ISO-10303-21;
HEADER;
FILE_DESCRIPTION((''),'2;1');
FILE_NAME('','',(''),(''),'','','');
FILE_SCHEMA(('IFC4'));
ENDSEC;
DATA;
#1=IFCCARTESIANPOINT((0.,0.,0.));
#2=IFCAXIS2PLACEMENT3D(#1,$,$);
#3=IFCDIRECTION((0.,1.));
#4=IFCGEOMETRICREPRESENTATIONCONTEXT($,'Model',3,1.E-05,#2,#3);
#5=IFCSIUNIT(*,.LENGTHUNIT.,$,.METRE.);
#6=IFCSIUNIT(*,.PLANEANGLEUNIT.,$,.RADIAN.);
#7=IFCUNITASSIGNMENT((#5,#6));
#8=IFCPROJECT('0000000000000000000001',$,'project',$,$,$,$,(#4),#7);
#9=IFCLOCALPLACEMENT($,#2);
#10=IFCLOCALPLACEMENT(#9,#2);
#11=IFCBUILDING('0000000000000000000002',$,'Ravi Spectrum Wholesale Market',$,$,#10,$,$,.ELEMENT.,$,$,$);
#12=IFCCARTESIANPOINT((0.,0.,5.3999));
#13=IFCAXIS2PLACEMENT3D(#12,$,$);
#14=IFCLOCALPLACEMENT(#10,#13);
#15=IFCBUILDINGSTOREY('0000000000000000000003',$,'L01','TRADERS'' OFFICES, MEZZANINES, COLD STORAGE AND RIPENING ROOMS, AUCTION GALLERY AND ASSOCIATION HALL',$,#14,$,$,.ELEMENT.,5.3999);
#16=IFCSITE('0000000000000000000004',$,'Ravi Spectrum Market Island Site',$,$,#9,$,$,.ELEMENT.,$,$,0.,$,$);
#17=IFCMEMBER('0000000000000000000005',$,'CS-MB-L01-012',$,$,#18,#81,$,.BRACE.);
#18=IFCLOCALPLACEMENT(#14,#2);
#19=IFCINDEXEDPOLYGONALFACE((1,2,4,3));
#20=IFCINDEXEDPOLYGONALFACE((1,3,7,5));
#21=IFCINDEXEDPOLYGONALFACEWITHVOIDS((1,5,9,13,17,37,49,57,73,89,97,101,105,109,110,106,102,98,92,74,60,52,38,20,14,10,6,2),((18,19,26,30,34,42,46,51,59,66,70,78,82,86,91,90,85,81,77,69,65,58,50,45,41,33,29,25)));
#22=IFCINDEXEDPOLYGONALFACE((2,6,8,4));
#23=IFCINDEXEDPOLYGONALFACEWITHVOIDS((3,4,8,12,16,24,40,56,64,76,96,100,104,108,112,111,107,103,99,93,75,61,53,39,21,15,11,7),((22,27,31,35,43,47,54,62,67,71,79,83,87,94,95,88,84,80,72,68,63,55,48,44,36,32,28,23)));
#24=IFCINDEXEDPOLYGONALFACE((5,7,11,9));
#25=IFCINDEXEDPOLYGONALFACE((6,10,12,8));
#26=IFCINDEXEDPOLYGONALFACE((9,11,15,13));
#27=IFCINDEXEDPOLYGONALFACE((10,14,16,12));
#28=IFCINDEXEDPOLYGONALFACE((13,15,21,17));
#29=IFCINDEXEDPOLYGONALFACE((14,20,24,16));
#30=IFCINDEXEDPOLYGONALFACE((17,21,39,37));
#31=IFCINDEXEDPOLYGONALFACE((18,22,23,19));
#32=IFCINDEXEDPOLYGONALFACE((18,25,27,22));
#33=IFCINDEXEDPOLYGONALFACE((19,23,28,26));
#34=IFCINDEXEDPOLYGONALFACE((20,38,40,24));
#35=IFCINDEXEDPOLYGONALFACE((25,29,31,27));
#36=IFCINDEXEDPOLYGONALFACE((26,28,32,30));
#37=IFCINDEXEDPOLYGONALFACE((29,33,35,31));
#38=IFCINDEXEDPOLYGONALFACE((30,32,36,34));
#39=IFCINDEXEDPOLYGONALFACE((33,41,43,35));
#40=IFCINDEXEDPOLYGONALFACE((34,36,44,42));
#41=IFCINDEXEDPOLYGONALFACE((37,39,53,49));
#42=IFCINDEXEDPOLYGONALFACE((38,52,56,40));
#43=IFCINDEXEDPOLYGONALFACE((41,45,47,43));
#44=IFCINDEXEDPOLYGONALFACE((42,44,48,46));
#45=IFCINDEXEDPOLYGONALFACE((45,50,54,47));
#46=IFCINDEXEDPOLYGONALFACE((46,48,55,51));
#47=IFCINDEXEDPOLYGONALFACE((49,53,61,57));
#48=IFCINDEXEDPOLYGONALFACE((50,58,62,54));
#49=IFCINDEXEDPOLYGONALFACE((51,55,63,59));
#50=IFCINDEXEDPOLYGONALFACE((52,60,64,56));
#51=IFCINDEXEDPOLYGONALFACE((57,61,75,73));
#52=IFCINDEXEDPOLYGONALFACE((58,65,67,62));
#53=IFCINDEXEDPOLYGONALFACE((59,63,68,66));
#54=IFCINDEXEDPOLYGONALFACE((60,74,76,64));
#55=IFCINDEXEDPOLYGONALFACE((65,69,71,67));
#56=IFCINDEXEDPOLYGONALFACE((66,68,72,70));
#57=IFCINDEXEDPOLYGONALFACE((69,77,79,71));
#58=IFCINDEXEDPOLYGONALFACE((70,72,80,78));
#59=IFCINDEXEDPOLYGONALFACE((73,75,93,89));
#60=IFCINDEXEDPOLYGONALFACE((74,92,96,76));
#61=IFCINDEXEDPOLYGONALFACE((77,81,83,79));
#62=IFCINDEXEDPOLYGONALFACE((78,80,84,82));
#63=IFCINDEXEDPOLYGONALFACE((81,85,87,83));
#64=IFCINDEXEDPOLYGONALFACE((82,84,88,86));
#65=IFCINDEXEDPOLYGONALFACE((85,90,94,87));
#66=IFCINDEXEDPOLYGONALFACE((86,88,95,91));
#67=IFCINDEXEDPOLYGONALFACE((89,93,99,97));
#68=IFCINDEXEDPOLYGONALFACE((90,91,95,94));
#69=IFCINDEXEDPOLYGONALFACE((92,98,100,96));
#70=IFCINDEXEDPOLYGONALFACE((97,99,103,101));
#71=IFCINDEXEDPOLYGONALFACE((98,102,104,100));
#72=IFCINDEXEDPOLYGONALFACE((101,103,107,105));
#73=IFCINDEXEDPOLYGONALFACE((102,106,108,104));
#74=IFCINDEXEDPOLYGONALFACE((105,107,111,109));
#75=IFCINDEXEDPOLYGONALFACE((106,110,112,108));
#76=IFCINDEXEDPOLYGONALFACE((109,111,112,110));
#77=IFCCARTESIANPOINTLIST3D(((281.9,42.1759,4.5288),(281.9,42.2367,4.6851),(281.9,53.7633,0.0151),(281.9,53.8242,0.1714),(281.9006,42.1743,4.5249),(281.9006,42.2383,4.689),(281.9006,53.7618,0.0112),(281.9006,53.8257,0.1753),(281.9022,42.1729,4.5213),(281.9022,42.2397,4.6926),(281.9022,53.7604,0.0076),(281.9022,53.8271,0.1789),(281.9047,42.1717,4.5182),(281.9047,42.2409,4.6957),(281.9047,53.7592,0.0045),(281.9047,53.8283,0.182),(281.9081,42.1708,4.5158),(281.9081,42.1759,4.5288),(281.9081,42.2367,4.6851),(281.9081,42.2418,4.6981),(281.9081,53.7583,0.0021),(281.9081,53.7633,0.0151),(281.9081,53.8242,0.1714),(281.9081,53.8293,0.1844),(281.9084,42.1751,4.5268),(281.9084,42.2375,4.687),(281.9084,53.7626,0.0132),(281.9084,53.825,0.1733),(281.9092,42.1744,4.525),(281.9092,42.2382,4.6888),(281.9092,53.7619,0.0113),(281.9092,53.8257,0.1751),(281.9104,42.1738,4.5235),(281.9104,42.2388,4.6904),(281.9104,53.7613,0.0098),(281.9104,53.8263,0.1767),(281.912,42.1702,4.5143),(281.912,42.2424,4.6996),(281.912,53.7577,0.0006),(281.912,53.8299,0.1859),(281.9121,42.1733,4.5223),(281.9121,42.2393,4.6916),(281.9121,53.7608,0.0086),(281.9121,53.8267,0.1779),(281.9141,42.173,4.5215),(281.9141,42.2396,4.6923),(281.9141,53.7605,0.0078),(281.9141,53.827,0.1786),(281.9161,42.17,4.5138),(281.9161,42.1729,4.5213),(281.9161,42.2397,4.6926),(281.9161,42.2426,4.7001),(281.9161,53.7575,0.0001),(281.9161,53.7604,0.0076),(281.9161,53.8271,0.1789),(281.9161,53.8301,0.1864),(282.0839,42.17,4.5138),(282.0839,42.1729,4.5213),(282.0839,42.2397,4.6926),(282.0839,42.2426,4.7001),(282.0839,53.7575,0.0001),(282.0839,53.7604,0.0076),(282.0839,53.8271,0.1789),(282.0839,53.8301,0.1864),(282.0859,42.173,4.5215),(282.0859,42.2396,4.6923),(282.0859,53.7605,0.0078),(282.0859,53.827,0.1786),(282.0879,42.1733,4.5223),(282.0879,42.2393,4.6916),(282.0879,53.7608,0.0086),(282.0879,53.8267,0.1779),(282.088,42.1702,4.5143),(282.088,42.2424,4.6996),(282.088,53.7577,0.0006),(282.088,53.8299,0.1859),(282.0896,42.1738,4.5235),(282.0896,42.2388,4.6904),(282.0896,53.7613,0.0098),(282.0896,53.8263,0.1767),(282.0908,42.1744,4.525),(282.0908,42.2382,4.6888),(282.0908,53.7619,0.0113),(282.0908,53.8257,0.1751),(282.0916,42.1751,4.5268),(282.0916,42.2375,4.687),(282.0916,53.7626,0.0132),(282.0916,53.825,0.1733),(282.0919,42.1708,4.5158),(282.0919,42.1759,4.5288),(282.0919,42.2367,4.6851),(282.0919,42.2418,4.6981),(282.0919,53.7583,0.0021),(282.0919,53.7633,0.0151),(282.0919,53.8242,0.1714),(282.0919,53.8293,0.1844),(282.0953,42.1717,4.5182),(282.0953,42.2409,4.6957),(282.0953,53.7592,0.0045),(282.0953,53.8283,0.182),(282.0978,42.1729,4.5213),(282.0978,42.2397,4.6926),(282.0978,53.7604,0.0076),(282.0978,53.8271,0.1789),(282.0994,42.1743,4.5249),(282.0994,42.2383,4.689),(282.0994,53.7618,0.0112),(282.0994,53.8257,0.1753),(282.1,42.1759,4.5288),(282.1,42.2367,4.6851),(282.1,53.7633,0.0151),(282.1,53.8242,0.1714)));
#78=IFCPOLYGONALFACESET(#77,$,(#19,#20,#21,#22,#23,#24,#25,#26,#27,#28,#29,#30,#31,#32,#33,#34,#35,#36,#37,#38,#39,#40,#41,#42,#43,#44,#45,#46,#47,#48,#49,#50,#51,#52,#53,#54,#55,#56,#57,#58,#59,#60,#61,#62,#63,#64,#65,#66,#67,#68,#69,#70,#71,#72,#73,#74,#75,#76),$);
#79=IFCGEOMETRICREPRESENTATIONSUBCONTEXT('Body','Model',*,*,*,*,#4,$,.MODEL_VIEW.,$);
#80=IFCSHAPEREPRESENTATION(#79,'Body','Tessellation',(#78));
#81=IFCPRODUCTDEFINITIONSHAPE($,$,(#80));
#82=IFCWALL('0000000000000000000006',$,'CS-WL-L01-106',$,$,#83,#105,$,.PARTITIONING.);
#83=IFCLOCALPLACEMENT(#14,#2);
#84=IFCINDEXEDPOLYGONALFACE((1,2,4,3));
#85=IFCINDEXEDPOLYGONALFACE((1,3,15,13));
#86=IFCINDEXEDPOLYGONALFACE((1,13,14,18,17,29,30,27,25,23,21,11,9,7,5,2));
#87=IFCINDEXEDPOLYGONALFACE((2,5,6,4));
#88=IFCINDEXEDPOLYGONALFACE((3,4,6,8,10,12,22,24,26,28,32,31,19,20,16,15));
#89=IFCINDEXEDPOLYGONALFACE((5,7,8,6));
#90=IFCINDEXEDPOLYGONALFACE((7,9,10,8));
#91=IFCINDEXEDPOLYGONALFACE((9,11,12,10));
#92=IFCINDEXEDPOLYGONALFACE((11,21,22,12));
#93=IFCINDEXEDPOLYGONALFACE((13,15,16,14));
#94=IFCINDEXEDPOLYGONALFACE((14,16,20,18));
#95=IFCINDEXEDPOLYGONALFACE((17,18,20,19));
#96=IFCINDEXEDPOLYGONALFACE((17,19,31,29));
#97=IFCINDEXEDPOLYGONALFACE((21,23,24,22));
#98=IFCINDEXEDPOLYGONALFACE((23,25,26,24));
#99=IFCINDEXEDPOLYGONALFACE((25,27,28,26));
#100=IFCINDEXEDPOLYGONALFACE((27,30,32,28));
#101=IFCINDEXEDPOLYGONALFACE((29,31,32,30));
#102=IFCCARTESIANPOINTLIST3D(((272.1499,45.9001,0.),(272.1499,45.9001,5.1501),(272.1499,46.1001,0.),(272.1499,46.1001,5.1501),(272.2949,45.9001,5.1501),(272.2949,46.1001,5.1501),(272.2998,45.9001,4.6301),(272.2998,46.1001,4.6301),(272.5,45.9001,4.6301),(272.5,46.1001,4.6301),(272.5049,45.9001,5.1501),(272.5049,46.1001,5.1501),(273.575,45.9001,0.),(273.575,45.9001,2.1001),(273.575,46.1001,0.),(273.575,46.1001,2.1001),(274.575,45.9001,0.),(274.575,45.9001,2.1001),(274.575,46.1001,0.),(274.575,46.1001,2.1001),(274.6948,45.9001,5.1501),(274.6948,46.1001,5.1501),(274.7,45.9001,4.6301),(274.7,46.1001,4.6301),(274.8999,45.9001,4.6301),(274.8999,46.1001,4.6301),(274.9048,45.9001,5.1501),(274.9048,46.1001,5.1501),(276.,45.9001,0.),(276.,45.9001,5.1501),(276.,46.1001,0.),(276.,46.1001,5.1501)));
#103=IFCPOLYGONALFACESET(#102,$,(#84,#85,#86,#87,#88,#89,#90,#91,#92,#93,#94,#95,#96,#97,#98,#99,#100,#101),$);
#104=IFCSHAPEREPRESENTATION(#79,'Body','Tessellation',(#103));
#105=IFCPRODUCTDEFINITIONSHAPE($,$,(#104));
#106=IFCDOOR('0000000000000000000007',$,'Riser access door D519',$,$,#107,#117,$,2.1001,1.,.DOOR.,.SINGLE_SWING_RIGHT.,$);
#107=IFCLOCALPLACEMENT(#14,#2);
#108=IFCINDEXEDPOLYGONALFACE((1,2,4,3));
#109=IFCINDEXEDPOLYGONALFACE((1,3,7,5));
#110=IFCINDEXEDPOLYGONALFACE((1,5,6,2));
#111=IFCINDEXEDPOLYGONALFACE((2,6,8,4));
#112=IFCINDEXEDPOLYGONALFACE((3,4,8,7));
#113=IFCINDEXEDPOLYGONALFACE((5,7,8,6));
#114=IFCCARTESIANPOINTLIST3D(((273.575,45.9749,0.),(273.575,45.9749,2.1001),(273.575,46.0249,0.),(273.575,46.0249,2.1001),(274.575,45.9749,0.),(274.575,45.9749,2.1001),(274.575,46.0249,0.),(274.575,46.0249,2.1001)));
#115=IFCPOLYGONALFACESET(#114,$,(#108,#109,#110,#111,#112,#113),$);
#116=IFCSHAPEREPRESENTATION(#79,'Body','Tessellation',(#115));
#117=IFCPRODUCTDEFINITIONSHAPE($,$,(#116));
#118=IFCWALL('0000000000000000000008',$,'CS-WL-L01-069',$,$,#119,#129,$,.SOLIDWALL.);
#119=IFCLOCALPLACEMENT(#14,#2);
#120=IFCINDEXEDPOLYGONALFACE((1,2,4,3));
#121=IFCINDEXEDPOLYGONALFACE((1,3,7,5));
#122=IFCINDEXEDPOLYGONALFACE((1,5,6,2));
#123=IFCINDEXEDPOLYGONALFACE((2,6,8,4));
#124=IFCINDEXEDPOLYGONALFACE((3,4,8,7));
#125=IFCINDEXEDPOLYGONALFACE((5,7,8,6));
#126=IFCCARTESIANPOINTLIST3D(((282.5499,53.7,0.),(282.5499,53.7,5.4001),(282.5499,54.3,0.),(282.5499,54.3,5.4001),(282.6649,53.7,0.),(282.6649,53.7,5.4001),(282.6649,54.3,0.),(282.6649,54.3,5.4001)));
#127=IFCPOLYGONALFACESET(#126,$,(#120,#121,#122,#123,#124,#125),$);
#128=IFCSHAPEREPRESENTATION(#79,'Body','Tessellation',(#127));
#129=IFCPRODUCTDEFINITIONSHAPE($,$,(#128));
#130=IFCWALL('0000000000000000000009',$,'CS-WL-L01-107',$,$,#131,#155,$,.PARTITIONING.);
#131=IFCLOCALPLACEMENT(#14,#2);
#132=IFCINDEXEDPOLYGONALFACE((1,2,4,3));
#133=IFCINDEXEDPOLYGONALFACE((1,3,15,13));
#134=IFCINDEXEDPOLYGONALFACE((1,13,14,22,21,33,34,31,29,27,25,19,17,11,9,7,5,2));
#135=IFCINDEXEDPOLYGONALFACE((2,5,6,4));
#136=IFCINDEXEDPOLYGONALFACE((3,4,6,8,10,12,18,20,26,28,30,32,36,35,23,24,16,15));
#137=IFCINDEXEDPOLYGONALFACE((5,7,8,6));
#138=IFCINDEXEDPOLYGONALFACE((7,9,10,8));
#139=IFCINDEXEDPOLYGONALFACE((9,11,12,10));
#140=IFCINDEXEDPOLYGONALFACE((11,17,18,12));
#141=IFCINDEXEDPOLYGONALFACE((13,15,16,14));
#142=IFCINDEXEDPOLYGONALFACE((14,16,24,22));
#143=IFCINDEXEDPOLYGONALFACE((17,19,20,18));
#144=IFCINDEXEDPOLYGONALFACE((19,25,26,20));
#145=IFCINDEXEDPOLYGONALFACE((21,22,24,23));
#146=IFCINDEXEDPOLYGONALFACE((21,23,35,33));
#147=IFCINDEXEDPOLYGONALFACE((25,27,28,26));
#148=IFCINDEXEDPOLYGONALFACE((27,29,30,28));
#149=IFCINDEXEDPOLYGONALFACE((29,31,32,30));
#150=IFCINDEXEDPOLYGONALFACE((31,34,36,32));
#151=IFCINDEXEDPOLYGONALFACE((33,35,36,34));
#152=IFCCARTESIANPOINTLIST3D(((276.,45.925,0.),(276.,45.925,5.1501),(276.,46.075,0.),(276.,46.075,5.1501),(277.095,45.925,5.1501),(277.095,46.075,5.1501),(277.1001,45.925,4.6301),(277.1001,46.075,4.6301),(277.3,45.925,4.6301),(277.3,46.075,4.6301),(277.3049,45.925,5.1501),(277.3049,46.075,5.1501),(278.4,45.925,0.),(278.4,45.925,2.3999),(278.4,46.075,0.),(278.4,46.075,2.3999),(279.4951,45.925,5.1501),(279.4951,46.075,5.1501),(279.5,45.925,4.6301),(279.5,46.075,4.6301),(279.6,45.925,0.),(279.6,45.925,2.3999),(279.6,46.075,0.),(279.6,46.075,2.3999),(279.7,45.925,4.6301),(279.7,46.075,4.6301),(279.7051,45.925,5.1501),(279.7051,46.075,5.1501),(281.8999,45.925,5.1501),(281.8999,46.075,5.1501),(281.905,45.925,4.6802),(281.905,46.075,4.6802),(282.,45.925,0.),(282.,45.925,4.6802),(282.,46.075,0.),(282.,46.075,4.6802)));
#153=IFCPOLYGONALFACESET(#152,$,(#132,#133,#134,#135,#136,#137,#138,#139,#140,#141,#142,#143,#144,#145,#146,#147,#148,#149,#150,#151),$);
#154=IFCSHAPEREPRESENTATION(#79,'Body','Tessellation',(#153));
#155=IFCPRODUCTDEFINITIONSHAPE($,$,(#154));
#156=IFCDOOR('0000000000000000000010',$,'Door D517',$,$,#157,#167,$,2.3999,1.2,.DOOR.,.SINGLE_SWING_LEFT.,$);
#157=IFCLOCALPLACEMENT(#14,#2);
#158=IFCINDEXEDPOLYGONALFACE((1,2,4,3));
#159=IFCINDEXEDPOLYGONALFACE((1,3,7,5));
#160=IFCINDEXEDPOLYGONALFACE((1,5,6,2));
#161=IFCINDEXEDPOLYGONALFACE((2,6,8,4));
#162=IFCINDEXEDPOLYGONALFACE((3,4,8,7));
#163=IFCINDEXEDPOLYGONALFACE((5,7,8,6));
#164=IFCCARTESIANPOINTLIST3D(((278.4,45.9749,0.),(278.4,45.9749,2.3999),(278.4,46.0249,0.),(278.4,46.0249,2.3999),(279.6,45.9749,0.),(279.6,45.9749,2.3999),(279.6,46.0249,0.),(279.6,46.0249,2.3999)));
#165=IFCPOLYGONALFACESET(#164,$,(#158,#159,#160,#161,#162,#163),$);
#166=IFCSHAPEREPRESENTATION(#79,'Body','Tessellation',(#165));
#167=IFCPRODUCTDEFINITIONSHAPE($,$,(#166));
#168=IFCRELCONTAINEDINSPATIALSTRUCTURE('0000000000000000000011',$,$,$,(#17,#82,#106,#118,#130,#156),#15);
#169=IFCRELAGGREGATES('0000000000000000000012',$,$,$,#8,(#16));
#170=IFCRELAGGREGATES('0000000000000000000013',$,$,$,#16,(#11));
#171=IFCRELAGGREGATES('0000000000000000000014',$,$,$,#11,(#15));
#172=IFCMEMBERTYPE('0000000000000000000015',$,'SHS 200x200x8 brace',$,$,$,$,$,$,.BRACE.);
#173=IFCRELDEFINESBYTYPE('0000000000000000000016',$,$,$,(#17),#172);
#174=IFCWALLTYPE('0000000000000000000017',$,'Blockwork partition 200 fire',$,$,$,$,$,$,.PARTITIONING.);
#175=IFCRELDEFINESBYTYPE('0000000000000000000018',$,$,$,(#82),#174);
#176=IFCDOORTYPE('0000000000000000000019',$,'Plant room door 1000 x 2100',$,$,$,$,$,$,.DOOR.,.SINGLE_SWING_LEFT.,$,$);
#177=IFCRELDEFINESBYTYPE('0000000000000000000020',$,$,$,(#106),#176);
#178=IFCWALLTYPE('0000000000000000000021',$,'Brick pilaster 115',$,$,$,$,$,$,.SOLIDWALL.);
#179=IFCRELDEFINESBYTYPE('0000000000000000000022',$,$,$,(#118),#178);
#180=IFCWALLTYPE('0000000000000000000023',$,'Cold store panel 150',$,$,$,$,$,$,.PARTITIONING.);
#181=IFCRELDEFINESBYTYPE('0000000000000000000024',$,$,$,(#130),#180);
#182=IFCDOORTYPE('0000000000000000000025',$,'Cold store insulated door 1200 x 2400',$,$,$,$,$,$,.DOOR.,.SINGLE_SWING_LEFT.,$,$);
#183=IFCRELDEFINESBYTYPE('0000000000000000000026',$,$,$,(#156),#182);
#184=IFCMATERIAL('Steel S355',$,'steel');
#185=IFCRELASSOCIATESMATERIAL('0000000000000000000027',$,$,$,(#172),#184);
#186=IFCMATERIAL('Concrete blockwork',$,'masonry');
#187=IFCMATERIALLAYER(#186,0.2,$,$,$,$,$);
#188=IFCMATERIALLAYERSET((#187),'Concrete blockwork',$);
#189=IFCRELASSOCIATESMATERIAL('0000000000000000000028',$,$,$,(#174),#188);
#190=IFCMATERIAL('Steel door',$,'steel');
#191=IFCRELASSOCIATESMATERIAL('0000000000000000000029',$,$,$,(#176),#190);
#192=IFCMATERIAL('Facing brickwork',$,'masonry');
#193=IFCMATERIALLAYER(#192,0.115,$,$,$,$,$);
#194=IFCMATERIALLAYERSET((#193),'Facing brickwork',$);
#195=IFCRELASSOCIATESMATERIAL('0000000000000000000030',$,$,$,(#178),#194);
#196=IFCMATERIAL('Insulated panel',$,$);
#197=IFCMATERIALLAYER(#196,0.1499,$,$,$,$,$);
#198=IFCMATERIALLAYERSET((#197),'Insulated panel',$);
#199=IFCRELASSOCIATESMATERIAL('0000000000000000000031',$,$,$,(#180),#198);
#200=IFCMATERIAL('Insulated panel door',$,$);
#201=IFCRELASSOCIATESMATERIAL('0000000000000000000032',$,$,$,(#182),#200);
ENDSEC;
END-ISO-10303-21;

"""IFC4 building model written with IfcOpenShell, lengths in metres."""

from ifc_helpers import new_model, si_unit, direction, frame, frame_2d, origin, origin_2d, place, context, subcontext, project, spatial, polyline, rectangle, hollow_rectangle, outline, extrude, material, layer, layer_set, material_profile, profile_set, type_object, element, fill, save


model = new_model("IFC4")

# Units and contexts
model_context = context("Model", 3, precision=1e-05, world=origin(), true_north=direction((0.0, 1.0)))
body_context = subcontext(model_context, "Body", "Model", "MODEL_VIEW")
ifc_project = project(units=[si_unit("LENGTHUNIT", "METRE"), si_unit("PLANEANGLEUNIT", "RADIAN")], contexts=[model_context])

# Site, building, storey
site_placement = place(None, origin())
site = spatial("IfcSite", under=ifc_project, at=site_placement, Name="Ravi Spectrum Market Island Site", CompositionType="ELEMENT", RefElevation=0.0)
building_placement = place(site_placement, origin())
building = spatial("IfcBuilding", under=site, at=building_placement, Name="Ravi Spectrum Wholesale Market", CompositionType="ELEMENT")
storey_placement = place(building_placement, frame((0.0, 0.0, 5.3999)))
storey = spatial("IfcBuildingStorey", under=building, at=storey_placement, Name="L01", Description="TRADERS' OFFICES, MEZZANINES, COLD STORAGE AND RIPENING ROOMS, AUCTION GALLERY AND ASSOCIATION HALL", CompositionType="ELEMENT", Elevation=5.3999)

# Member
ifc_material_1 = material(Name="Steel S355", Category="steel")
ifc_material_profile_1 = material_profile(ifc_material_1, hollow_rectangle(XDim=0.2, YDim=0.2, WallThickness=0.0081, InnerFilletRadius=0.0081, OuterFilletRadius=0.0161, at=origin_2d()))
ifc_profile_set_1 = profile_set([ifc_material_profile_1], Name="Steel S355")
member_type = type_object("IfcMemberType", Name="SHS 200x200x8 brace", PredefinedType="BRACE", material=ifc_profile_set_1)
member_placement = place(storey_placement, frame((282.0, 42.2063, 4.6069), z_axis=(0.0, 0.931802, -0.362967), x_axis=(-1.0, 0.0, 0.0)))
element("IfcMember", 1, at=member_placement, inside=storey, type_object=member_type, Name="CS-MB-L01-012", PredefinedType="BRACE", context=body_context, shape_type="SweptSolid", body=[
    extrude(hollow_rectangle(XDim=0.2, YDim=0.2, WallThickness=0.0081, InnerFilletRadius=0.0081, OuterFilletRadius=0.0161, at=origin_2d()), origin(), (0.0, 0.0, 1.0), 12.4355),
])

# Wall, opening, door
ifc_material_2 = material(Name="Concrete blockwork", Category="masonry")
ifc_layer_1 = layer(ifc_material_2, 0.2)
ifc_layer_set_1 = layer_set([ifc_layer_1], Name="Concrete blockwork")
wall_type_1 = type_object("IfcWallType", Name="Blockwork partition 200 fire", PredefinedType="PARTITIONING", material=ifc_layer_set_1)
wall_1_placement = place(storey_placement, frame((272.1499, 46.0, 0.0), z_axis=(0.0, 0.0, 1.0), x_axis=(1.0, 0.0, 0.0)))
wall_1 = element("IfcWall", 2, at=wall_1_placement, inside=storey, type_object=wall_type_1, Name="CS-WL-L01-106", PredefinedType="PARTITIONING", context=body_context, shape_type="SweptSolid", body=[
    extrude(outline(polyline([(0.0, 0.0), (3.8501, 0.0), (3.8501, 5.1501), (2.7549, 5.1501), (2.75, 4.6301), (2.55, 4.6301), (2.5449, 5.1501), (0.355, 5.1501), (0.3501, 4.6301), (0.1499, 4.6301), (0.145, 5.1501), (0.0, 5.1501), (0.0, 0.0)])), frame((0.0, 0.1001, 0.0), z_axis=(0.0, -1.0, 0.0), x_axis=(1.0, 0.0, 0.0)), (0.0, 0.0, 1.0), 0.2),
])
opening_1_placement = place(wall_1_placement, frame((1.425, 0.0, 0.0)))
opening_1 = element("IfcOpeningElement", 3, at=opening_1_placement, cuts=wall_1, PredefinedType="OPENING", context=body_context, shape_type="SweptSolid", body=[
    extrude(rectangle(XDim=1.0, YDim=2.1001, at=frame_2d((0.5, 1.05))), frame((0.0, 0.1099, 0.0), z_axis=(0.0, -1.0, 0.0), x_axis=(1.0, 0.0, 0.0)), (0.0, 0.0, 1.0), 0.22),
])
ifc_material_3 = material(Name="Steel door", Category="steel")
door_type_1 = type_object("IfcDoorType", Name="Plant room door 1000 x 2100", OperationType="SINGLE_SWING_LEFT", PredefinedType="DOOR", material=ifc_material_3)
door_1_placement = place(opening_1_placement, origin())
door_1 = element("IfcDoor", 4, at=door_1_placement, inside=storey, type_object=door_type_1, Name="Riser access door D519", OperationType="SINGLE_SWING_RIGHT", OverallHeight=2.1001, OverallWidth=1.0, PredefinedType="DOOR", context=body_context, shape_type="SweptSolid", body=[
    extrude(rectangle(XDim=1.0, YDim=2.1001, at=frame_2d((0.5, 1.05))), frame((0.0, 0.0249, 0.0), z_axis=(0.0, -1.0, 0.0), x_axis=(1.0, 0.0, 0.0)), (0.0, 0.0, 1.0), 0.05),
])
fill(opening_1, door_1)

# Wall
ifc_material_4 = material(Name="Facing brickwork", Category="masonry")
ifc_layer_2 = layer(ifc_material_4, 0.115)
ifc_layer_set_2 = layer_set([ifc_layer_2], Name="Facing brickwork")
wall_type_2 = type_object("IfcWallType", Name="Brick pilaster 115", PredefinedType="SOLIDWALL", material=ifc_layer_set_2)
wall_2_placement = place(storey_placement, frame((282.6074, 53.7, 0.0), z_axis=(0.0, 0.0, 1.0), x_axis=(0.0, 1.0, 0.0)))
element("IfcWall", 5, at=wall_2_placement, inside=storey, type_object=wall_type_2, Name="CS-WL-L01-069", PredefinedType="SOLIDWALL", context=body_context, shape_type="SweptSolid", body=[
    extrude(rectangle(XDim=0.6001, YDim=0.115, at=frame_2d((0.3, 0.0))), origin(), (0.0, 0.0, 1.0), 5.4001),
])

# Wall, opening, door
ifc_material_5 = material(Name="Insulated panel")
ifc_layer_3 = layer(ifc_material_5, 0.1499)
ifc_layer_set_3 = layer_set([ifc_layer_3], Name="Insulated panel")
wall_type_3 = type_object("IfcWallType", Name="Cold store panel 150", PredefinedType="PARTITIONING", material=ifc_layer_set_3)
wall_3_placement = place(storey_placement, frame((276.0, 46.0, 0.0), z_axis=(0.0, 0.0, 1.0), x_axis=(1.0, 0.0, 0.0)))
wall_3 = element("IfcWall", 6, at=wall_3_placement, inside=storey, type_object=wall_type_3, Name="CS-WL-L01-107", PredefinedType="PARTITIONING", context=body_context, shape_type="SweptSolid", body=[
    extrude(outline(polyline([(0.0, 0.0), (6.0, 0.0), (6.0, 4.6802), (5.905, 4.6802), (5.8999, 5.1501), (3.7051, 5.1501), (3.7, 4.6301), (3.5, 4.6301), (3.4951, 5.1501), (1.3049, 5.1501), (1.3, 4.6301), (1.1001, 4.6301), (1.095, 5.1501), (0.0, 5.1501), (0.0, 0.0)])), frame((0.0, 0.075, 0.0), z_axis=(0.0, -1.0, 0.0), x_axis=(1.0, 0.0, 0.0)), (0.0, 0.0, 1.0), 0.1499),
])
opening_2_placement = place(wall_3_placement, frame((2.3999, 0.0, 0.0)))
opening_2 = element("IfcOpeningElement", 7, at=opening_2_placement, cuts=wall_3, PredefinedType="OPENING", context=body_context, shape_type="SweptSolid", body=[
    extrude(rectangle(XDim=1.2, YDim=2.3999, at=frame_2d((0.6001, 1.2))), frame((0.0, 0.085, 0.0), z_axis=(0.0, -1.0, 0.0), x_axis=(1.0, 0.0, 0.0)), (0.0, 0.0, 1.0), 0.1699),
])
ifc_material_6 = material(Name="Insulated panel door")
door_type_2 = type_object("IfcDoorType", Name="Cold store insulated door 1200 x 2400", OperationType="SINGLE_SWING_LEFT", PredefinedType="DOOR", material=ifc_material_6)
door_2_placement = place(opening_2_placement, origin())
door_2 = element("IfcDoor", 8, at=door_2_placement, inside=storey, type_object=door_type_2, Name="Door D517", OperationType="SINGLE_SWING_LEFT", OverallHeight=2.3999, OverallWidth=1.2, PredefinedType="DOOR", context=body_context, shape_type="SweptSolid", body=[
    extrude(rectangle(XDim=1.2, YDim=2.3999, at=frame_2d((0.6001, 1.2))), frame((0.0, 0.0249, 0.0), z_axis=(0.0, -1.0, 0.0), x_axis=(1.0, 0.0, 0.0)), (0.0, 0.0, 1.0), 0.05),
])
fill(opening_2, door_2)

save(model, "model.ifc")
